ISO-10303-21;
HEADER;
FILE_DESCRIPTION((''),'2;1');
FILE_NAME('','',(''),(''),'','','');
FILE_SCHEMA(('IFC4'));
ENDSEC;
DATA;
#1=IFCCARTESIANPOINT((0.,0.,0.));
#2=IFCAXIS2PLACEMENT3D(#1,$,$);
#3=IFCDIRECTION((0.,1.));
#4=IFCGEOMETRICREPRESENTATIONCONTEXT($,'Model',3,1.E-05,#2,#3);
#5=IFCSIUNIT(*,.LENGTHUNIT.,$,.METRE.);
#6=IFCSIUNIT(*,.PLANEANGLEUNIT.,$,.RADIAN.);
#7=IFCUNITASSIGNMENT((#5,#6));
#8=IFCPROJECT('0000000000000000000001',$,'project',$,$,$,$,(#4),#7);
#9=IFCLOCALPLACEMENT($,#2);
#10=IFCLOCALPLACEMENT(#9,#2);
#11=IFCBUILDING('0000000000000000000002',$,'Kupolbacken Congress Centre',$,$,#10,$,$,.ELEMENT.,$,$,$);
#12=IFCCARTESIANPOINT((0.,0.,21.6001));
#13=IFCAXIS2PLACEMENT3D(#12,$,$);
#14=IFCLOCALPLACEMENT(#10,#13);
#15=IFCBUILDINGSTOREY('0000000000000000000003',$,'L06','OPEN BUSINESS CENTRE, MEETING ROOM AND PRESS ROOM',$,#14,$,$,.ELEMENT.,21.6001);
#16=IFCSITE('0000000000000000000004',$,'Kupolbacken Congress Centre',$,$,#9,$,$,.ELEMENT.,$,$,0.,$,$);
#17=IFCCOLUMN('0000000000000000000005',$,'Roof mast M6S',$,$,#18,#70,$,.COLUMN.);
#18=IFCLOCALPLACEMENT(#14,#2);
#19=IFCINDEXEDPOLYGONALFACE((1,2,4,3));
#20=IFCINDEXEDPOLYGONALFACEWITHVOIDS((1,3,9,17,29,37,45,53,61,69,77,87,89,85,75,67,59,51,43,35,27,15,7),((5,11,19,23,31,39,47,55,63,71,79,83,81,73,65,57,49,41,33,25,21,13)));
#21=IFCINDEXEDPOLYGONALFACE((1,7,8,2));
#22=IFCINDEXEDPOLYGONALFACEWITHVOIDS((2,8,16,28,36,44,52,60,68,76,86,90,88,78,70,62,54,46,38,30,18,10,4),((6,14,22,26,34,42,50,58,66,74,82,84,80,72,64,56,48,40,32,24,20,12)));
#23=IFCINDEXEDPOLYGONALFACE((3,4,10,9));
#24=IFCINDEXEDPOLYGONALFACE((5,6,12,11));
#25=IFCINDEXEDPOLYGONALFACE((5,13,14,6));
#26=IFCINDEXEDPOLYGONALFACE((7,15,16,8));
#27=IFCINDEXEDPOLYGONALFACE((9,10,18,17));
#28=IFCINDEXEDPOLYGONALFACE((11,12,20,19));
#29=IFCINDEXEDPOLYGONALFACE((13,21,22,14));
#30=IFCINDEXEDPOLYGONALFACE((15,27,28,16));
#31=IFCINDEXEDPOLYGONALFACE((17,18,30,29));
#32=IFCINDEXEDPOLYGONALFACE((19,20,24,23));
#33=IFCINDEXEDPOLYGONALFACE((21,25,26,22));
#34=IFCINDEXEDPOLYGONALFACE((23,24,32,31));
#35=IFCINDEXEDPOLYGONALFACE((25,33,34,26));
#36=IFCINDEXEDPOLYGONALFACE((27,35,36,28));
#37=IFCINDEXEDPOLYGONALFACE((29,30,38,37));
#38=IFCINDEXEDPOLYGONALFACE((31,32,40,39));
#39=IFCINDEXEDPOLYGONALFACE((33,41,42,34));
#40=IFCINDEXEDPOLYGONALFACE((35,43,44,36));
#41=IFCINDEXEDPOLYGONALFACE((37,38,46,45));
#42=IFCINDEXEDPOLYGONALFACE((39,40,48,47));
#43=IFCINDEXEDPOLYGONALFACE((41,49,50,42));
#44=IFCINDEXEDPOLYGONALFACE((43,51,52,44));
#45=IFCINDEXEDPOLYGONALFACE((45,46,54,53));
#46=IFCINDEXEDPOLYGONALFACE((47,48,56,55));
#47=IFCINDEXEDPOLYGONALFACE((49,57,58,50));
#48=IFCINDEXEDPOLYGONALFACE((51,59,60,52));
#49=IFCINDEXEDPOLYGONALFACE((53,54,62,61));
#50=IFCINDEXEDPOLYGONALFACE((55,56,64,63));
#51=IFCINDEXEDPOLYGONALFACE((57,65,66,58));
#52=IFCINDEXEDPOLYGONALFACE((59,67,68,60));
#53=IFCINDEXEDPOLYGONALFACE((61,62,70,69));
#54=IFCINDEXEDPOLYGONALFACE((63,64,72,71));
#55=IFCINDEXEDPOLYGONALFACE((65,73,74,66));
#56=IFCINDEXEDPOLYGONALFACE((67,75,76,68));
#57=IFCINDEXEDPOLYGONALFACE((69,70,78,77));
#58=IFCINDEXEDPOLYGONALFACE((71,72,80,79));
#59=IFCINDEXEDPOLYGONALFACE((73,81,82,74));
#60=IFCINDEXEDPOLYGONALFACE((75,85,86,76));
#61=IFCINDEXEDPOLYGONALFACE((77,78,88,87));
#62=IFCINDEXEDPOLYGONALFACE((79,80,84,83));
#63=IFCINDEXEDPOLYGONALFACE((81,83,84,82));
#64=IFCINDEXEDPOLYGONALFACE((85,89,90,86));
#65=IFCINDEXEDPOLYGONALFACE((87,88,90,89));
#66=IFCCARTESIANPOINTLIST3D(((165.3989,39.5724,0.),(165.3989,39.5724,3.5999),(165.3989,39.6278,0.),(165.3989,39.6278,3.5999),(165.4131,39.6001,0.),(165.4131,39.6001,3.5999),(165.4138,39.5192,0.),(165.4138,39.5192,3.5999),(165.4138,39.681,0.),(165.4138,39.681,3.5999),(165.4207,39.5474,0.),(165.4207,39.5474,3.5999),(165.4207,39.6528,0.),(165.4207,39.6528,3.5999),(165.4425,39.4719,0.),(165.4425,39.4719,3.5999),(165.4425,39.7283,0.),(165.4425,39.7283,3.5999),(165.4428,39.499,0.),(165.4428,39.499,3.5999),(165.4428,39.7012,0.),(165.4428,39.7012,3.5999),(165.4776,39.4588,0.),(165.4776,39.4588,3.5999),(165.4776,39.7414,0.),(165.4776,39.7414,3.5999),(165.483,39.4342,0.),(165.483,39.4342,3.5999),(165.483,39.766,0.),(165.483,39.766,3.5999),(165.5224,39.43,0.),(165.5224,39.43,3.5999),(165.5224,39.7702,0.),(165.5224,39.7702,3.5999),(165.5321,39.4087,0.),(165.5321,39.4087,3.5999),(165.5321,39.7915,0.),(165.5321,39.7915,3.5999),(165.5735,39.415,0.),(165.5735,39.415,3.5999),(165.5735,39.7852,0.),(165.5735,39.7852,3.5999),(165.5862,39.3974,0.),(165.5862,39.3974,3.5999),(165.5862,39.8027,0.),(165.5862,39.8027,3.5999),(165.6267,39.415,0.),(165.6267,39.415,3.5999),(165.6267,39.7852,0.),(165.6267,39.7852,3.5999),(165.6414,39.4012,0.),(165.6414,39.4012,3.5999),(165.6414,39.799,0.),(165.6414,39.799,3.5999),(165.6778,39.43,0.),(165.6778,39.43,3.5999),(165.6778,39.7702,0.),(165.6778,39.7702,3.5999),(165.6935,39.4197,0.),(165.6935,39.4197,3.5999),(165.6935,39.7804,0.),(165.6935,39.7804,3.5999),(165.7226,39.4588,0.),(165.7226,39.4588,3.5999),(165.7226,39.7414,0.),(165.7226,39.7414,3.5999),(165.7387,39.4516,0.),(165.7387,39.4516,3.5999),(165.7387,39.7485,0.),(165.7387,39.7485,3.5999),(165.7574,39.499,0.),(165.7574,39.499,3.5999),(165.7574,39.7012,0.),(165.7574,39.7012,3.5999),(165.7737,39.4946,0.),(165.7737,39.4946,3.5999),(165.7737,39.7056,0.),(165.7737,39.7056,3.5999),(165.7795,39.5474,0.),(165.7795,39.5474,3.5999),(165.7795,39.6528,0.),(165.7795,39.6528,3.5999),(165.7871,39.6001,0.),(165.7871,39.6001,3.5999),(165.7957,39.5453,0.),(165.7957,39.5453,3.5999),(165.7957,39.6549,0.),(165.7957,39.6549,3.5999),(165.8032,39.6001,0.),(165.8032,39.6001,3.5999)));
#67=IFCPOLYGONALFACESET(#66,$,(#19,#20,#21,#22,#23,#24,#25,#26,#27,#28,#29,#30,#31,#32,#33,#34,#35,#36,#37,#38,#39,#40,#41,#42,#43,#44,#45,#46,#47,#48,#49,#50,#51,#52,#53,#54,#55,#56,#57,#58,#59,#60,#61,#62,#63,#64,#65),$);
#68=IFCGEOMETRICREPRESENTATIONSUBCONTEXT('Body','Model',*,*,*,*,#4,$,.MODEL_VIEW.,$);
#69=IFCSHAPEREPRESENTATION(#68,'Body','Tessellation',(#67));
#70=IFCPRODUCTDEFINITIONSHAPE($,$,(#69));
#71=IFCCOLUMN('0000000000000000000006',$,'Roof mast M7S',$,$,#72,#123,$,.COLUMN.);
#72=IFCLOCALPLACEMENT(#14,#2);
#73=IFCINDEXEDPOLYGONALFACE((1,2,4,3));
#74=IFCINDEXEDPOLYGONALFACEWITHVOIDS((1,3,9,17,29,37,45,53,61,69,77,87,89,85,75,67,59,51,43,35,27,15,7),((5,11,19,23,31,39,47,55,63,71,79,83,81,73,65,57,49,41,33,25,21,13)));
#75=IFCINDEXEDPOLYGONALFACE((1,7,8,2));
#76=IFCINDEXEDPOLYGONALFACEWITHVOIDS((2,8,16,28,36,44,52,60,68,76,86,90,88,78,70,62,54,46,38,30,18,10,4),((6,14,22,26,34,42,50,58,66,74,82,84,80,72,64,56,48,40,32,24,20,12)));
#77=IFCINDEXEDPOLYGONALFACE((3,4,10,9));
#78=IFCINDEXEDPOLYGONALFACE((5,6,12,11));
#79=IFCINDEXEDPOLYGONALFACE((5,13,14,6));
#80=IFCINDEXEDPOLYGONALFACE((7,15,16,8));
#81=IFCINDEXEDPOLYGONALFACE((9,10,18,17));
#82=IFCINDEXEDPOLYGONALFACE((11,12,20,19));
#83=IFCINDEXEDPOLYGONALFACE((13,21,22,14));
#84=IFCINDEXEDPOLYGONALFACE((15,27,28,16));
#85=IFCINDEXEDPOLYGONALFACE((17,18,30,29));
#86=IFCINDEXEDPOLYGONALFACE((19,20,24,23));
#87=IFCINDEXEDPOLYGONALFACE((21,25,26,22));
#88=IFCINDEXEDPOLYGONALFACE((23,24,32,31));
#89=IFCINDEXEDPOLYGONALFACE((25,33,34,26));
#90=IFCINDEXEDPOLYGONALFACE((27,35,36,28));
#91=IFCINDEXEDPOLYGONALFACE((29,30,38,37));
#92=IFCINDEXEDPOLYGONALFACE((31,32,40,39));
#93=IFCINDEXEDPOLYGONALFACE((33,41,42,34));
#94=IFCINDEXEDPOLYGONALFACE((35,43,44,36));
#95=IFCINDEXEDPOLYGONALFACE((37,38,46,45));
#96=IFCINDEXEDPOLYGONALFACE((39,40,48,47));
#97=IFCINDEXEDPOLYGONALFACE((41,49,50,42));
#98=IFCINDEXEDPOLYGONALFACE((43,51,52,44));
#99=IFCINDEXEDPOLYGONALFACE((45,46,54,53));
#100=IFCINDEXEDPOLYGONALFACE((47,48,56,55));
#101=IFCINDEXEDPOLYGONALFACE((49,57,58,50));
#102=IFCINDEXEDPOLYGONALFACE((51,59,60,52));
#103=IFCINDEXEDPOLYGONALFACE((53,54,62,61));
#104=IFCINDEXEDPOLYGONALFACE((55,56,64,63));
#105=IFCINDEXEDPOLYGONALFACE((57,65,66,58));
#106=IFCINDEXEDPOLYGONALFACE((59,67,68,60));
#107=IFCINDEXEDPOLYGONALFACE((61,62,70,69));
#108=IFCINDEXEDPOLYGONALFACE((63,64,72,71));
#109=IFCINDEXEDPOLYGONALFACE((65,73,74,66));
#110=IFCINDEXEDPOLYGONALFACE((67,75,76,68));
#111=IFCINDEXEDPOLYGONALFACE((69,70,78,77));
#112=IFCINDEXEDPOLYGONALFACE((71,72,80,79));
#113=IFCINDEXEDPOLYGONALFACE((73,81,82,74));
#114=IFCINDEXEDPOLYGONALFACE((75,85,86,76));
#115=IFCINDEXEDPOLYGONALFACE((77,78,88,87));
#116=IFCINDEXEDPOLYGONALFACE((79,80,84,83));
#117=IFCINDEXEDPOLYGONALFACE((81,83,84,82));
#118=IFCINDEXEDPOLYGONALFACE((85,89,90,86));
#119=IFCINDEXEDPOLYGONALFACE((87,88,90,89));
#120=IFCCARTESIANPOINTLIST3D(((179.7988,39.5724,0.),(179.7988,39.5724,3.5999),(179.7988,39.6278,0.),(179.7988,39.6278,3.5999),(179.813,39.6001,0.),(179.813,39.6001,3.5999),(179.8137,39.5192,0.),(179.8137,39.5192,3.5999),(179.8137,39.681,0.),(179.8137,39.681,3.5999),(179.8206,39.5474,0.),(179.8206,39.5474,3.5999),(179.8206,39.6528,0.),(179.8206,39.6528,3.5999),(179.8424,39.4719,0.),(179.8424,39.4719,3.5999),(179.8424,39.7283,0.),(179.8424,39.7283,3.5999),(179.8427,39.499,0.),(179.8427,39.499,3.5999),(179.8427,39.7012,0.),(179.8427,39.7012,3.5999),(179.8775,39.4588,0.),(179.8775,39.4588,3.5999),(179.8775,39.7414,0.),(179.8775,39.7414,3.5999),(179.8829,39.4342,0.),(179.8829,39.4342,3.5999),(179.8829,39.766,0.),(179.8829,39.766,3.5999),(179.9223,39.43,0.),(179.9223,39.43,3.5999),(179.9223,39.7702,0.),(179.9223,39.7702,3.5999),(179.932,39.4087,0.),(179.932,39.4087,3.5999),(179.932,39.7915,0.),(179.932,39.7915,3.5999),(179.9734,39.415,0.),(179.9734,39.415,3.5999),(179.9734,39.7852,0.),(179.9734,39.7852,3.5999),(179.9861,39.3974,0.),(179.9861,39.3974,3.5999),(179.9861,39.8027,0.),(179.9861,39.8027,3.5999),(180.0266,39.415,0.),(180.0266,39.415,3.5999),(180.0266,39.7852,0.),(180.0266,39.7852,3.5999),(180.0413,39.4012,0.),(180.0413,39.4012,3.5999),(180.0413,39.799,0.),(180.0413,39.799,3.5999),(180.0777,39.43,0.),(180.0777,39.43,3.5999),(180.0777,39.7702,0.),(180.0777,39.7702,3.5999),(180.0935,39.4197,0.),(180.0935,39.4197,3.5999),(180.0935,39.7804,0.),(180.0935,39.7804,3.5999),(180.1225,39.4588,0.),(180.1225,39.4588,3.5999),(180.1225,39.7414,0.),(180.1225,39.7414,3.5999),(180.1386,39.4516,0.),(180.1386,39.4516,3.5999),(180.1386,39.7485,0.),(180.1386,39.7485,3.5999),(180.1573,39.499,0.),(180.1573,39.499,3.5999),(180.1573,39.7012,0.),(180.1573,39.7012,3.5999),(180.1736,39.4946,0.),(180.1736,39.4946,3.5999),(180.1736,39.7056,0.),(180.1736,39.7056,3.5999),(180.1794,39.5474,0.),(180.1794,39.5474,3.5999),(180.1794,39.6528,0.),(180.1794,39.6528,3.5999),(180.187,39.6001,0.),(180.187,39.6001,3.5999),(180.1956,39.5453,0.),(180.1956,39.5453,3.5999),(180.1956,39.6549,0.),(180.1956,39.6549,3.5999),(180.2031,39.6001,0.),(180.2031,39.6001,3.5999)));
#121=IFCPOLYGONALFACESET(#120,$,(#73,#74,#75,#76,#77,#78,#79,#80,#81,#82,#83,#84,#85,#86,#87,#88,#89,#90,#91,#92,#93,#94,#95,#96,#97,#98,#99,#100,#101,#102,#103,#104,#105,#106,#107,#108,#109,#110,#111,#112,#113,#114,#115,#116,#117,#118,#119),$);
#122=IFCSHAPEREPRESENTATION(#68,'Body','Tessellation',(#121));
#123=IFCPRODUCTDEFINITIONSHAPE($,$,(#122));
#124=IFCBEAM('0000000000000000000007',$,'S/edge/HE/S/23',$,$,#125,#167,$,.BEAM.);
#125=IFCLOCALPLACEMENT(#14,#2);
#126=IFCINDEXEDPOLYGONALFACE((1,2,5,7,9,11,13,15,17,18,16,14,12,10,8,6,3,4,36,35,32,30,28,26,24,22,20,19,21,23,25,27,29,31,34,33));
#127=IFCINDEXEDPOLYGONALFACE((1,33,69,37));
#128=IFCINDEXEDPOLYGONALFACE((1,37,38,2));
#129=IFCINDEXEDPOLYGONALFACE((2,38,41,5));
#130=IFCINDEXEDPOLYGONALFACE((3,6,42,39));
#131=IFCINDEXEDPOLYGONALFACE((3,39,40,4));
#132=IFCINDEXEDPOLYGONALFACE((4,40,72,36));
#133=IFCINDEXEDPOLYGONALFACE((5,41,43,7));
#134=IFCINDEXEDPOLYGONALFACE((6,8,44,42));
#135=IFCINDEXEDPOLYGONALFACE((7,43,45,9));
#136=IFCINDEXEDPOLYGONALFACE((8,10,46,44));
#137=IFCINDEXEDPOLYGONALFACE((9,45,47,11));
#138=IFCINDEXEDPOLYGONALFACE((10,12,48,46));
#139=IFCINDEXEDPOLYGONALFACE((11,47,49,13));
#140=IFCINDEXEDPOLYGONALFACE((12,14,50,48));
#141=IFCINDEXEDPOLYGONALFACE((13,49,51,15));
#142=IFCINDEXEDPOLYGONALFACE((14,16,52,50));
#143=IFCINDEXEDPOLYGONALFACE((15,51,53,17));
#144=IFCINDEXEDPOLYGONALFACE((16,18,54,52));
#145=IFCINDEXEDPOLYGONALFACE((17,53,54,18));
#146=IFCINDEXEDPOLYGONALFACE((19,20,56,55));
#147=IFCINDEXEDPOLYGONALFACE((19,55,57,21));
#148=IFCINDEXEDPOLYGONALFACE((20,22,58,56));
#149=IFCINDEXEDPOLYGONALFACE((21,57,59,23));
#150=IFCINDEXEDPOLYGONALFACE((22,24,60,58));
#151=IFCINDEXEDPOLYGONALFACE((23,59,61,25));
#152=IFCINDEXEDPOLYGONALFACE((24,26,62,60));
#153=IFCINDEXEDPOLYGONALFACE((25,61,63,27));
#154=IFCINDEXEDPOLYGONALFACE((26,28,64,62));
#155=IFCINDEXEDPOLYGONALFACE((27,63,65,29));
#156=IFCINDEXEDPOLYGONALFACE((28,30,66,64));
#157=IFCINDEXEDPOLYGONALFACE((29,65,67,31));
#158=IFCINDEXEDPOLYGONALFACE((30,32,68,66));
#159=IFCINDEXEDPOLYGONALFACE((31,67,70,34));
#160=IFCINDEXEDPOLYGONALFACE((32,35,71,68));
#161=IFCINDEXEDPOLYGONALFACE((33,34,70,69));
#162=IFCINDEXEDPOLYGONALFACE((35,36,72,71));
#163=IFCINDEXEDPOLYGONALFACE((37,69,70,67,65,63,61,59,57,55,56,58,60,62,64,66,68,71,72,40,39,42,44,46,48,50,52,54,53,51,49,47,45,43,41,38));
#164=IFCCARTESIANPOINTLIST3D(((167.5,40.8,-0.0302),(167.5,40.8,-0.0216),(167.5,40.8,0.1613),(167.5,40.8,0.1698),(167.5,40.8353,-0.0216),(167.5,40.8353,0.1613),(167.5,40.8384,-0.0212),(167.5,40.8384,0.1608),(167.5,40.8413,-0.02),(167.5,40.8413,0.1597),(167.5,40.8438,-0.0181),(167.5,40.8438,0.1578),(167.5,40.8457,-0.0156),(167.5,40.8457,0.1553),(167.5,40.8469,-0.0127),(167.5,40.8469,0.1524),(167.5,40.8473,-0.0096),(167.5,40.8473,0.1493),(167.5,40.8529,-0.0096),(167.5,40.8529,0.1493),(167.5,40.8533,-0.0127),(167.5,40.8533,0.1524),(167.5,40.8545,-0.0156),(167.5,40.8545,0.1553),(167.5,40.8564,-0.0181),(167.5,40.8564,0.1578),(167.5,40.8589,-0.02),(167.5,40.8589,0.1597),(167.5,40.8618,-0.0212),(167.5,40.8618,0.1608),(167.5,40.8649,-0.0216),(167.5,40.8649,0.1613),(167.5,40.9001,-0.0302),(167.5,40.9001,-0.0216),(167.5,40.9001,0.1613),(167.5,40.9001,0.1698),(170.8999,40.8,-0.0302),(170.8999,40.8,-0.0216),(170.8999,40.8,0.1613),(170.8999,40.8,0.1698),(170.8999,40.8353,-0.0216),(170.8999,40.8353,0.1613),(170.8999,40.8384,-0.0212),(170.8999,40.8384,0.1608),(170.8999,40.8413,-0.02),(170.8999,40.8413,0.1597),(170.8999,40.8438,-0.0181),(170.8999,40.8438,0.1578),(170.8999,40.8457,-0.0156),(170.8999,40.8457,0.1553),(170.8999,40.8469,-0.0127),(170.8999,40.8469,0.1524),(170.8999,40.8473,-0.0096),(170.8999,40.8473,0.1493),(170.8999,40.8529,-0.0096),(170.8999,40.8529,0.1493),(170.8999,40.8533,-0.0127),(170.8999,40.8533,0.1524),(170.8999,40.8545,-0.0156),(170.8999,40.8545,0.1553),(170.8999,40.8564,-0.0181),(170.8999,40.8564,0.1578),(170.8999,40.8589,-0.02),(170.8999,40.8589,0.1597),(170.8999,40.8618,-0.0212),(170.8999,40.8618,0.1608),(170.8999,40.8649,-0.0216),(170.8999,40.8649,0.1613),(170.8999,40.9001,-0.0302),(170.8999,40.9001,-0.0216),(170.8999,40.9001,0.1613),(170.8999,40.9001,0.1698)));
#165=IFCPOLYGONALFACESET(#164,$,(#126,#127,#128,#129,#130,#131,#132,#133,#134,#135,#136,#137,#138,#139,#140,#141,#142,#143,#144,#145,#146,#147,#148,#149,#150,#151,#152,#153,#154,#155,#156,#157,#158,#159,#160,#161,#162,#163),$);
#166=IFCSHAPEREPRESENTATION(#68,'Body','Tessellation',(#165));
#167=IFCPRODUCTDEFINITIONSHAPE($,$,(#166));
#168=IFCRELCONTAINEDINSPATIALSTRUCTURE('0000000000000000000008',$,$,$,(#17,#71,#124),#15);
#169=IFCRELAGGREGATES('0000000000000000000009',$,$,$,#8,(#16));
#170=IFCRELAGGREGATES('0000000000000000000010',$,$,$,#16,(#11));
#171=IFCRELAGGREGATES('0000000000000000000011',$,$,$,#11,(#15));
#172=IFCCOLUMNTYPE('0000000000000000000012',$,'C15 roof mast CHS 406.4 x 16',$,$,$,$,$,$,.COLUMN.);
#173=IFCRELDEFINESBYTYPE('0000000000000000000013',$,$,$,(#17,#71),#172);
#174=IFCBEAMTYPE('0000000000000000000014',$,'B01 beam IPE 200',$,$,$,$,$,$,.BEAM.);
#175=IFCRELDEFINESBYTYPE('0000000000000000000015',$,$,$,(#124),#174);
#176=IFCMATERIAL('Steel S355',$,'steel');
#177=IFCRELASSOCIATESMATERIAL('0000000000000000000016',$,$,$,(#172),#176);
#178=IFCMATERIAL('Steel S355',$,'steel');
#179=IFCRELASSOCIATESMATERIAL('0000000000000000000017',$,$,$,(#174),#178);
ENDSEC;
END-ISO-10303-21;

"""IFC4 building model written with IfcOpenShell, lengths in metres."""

from ifc_helpers import new_model, si_unit, direction, frame, origin, origin_2d, place, context, subcontext, project, spatial, hollow_circle, i_section, extrude, material, material_profile, profile_set, type_object, element, save


model = new_model("IFC4")

# Units and contexts
model_context = context("Model", 3, precision=1e-05, world=origin(), true_north=direction((0.0, 1.0)))
body_context = subcontext(model_context, "Body", "Model", "MODEL_VIEW")
ifc_project = project(units=[si_unit("LENGTHUNIT", "METRE"), si_unit("PLANEANGLEUNIT", "RADIAN")], contexts=[model_context])

# Site, building, storey
site_placement = place(None, origin())
site = spatial("IfcSite", under=ifc_project, at=site_placement, Name="Kupolbacken Congress Centre", CompositionType="ELEMENT", RefElevation=0.0)
building_placement = place(site_placement, origin())
building = spatial("IfcBuilding", under=site, at=building_placement, Name="Kupolbacken Congress Centre", CompositionType="ELEMENT")
storey_placement = place(building_placement, frame((0.0, 0.0, 21.6001)))
storey = spatial("IfcBuildingStorey", under=building, at=storey_placement, Name="L06", Description="OPEN BUSINESS CENTRE, MEETING ROOM AND PRESS ROOM", CompositionType="ELEMENT", Elevation=21.6001)

# Columns
ifc_material_1 = material(Name="Steel S355", Category="steel")
ifc_material_profile_1 = material_profile(ifc_material_1, hollow_circle(Radius=0.2031, WallThickness=0.0161, at=origin_2d()), Name="CHS 406.4 x 16")
ifc_profile_set_1 = profile_set([ifc_material_profile_1], Name="Steel S355")
column_type = type_object("IfcColumnType", Name="C15 roof mast CHS 406.4 x 16", PredefinedType="COLUMN", material=ifc_profile_set_1)
for number, where, z_axis, x_axis, name in (
    (1, (165.6001, 39.6001, 0.0), (0.0, 0.0, 1.0), (1.0, 0.0, 0.0), "Roof mast M6S"),
    (2, (180.0, 39.6001, 0.0), (0.0, 0.0, 1.0), (1.0, 0.0, 0.0), "Roof mast M7S"),
):
    element("IfcColumn", number, at=place(storey_placement, frame(where, z_axis=z_axis, x_axis=x_axis)), inside=storey, type_object=column_type, Name=name, PredefinedType="COLUMN", context=body_context, shape_type="SweptSolid", body=[
        extrude(hollow_circle(Radius=0.2031, WallThickness=0.0161, at=origin_2d()), origin(), (0.0, 0.0, 1.0), 3.5999),
    ])

# Beam
ifc_material_2 = material(Name="Steel S355", Category="steel")
ifc_material_profile_2 = material_profile(ifc_material_2, i_section(OverallWidth=0.1001, OverallDepth=0.2, WebThickness=0.0056, FlangeThickness=0.0085, FilletRadius=0.012, at=origin_2d()), Name="IPE 200")
ifc_profile_set_2 = profile_set([ifc_material_profile_2], Name="Steel S355")
beam_type_1 = type_object("IfcBeamType", Name="B01 beam IPE 200", PredefinedType="BEAM", material=ifc_profile_set_2)
for number, where, z_axis, x_axis, name in (
    (3, (167.5, 40.8501, 0.0698), (1.0, 0.0, 0.0), (0.0, 1.0, 0.0), "S/edge/HE/S/23"),
):
    element("IfcBeam", number, at=place(storey_placement, frame(where, z_axis=z_axis, x_axis=x_axis)), inside=storey, type_object=beam_type_1, Name=name, PredefinedType="BEAM", context=body_context, shape_type="SweptSolid", body=[
        extrude(i_section(OverallWidth=0.1001, OverallDepth=0.2, WebThickness=0.0056, FlangeThickness=0.0085, FilletRadius=0.012, at=origin_2d()), origin(), (0.0, 0.0, 1.0), 3.3999),
    ])

save(model, "model.ifc")
